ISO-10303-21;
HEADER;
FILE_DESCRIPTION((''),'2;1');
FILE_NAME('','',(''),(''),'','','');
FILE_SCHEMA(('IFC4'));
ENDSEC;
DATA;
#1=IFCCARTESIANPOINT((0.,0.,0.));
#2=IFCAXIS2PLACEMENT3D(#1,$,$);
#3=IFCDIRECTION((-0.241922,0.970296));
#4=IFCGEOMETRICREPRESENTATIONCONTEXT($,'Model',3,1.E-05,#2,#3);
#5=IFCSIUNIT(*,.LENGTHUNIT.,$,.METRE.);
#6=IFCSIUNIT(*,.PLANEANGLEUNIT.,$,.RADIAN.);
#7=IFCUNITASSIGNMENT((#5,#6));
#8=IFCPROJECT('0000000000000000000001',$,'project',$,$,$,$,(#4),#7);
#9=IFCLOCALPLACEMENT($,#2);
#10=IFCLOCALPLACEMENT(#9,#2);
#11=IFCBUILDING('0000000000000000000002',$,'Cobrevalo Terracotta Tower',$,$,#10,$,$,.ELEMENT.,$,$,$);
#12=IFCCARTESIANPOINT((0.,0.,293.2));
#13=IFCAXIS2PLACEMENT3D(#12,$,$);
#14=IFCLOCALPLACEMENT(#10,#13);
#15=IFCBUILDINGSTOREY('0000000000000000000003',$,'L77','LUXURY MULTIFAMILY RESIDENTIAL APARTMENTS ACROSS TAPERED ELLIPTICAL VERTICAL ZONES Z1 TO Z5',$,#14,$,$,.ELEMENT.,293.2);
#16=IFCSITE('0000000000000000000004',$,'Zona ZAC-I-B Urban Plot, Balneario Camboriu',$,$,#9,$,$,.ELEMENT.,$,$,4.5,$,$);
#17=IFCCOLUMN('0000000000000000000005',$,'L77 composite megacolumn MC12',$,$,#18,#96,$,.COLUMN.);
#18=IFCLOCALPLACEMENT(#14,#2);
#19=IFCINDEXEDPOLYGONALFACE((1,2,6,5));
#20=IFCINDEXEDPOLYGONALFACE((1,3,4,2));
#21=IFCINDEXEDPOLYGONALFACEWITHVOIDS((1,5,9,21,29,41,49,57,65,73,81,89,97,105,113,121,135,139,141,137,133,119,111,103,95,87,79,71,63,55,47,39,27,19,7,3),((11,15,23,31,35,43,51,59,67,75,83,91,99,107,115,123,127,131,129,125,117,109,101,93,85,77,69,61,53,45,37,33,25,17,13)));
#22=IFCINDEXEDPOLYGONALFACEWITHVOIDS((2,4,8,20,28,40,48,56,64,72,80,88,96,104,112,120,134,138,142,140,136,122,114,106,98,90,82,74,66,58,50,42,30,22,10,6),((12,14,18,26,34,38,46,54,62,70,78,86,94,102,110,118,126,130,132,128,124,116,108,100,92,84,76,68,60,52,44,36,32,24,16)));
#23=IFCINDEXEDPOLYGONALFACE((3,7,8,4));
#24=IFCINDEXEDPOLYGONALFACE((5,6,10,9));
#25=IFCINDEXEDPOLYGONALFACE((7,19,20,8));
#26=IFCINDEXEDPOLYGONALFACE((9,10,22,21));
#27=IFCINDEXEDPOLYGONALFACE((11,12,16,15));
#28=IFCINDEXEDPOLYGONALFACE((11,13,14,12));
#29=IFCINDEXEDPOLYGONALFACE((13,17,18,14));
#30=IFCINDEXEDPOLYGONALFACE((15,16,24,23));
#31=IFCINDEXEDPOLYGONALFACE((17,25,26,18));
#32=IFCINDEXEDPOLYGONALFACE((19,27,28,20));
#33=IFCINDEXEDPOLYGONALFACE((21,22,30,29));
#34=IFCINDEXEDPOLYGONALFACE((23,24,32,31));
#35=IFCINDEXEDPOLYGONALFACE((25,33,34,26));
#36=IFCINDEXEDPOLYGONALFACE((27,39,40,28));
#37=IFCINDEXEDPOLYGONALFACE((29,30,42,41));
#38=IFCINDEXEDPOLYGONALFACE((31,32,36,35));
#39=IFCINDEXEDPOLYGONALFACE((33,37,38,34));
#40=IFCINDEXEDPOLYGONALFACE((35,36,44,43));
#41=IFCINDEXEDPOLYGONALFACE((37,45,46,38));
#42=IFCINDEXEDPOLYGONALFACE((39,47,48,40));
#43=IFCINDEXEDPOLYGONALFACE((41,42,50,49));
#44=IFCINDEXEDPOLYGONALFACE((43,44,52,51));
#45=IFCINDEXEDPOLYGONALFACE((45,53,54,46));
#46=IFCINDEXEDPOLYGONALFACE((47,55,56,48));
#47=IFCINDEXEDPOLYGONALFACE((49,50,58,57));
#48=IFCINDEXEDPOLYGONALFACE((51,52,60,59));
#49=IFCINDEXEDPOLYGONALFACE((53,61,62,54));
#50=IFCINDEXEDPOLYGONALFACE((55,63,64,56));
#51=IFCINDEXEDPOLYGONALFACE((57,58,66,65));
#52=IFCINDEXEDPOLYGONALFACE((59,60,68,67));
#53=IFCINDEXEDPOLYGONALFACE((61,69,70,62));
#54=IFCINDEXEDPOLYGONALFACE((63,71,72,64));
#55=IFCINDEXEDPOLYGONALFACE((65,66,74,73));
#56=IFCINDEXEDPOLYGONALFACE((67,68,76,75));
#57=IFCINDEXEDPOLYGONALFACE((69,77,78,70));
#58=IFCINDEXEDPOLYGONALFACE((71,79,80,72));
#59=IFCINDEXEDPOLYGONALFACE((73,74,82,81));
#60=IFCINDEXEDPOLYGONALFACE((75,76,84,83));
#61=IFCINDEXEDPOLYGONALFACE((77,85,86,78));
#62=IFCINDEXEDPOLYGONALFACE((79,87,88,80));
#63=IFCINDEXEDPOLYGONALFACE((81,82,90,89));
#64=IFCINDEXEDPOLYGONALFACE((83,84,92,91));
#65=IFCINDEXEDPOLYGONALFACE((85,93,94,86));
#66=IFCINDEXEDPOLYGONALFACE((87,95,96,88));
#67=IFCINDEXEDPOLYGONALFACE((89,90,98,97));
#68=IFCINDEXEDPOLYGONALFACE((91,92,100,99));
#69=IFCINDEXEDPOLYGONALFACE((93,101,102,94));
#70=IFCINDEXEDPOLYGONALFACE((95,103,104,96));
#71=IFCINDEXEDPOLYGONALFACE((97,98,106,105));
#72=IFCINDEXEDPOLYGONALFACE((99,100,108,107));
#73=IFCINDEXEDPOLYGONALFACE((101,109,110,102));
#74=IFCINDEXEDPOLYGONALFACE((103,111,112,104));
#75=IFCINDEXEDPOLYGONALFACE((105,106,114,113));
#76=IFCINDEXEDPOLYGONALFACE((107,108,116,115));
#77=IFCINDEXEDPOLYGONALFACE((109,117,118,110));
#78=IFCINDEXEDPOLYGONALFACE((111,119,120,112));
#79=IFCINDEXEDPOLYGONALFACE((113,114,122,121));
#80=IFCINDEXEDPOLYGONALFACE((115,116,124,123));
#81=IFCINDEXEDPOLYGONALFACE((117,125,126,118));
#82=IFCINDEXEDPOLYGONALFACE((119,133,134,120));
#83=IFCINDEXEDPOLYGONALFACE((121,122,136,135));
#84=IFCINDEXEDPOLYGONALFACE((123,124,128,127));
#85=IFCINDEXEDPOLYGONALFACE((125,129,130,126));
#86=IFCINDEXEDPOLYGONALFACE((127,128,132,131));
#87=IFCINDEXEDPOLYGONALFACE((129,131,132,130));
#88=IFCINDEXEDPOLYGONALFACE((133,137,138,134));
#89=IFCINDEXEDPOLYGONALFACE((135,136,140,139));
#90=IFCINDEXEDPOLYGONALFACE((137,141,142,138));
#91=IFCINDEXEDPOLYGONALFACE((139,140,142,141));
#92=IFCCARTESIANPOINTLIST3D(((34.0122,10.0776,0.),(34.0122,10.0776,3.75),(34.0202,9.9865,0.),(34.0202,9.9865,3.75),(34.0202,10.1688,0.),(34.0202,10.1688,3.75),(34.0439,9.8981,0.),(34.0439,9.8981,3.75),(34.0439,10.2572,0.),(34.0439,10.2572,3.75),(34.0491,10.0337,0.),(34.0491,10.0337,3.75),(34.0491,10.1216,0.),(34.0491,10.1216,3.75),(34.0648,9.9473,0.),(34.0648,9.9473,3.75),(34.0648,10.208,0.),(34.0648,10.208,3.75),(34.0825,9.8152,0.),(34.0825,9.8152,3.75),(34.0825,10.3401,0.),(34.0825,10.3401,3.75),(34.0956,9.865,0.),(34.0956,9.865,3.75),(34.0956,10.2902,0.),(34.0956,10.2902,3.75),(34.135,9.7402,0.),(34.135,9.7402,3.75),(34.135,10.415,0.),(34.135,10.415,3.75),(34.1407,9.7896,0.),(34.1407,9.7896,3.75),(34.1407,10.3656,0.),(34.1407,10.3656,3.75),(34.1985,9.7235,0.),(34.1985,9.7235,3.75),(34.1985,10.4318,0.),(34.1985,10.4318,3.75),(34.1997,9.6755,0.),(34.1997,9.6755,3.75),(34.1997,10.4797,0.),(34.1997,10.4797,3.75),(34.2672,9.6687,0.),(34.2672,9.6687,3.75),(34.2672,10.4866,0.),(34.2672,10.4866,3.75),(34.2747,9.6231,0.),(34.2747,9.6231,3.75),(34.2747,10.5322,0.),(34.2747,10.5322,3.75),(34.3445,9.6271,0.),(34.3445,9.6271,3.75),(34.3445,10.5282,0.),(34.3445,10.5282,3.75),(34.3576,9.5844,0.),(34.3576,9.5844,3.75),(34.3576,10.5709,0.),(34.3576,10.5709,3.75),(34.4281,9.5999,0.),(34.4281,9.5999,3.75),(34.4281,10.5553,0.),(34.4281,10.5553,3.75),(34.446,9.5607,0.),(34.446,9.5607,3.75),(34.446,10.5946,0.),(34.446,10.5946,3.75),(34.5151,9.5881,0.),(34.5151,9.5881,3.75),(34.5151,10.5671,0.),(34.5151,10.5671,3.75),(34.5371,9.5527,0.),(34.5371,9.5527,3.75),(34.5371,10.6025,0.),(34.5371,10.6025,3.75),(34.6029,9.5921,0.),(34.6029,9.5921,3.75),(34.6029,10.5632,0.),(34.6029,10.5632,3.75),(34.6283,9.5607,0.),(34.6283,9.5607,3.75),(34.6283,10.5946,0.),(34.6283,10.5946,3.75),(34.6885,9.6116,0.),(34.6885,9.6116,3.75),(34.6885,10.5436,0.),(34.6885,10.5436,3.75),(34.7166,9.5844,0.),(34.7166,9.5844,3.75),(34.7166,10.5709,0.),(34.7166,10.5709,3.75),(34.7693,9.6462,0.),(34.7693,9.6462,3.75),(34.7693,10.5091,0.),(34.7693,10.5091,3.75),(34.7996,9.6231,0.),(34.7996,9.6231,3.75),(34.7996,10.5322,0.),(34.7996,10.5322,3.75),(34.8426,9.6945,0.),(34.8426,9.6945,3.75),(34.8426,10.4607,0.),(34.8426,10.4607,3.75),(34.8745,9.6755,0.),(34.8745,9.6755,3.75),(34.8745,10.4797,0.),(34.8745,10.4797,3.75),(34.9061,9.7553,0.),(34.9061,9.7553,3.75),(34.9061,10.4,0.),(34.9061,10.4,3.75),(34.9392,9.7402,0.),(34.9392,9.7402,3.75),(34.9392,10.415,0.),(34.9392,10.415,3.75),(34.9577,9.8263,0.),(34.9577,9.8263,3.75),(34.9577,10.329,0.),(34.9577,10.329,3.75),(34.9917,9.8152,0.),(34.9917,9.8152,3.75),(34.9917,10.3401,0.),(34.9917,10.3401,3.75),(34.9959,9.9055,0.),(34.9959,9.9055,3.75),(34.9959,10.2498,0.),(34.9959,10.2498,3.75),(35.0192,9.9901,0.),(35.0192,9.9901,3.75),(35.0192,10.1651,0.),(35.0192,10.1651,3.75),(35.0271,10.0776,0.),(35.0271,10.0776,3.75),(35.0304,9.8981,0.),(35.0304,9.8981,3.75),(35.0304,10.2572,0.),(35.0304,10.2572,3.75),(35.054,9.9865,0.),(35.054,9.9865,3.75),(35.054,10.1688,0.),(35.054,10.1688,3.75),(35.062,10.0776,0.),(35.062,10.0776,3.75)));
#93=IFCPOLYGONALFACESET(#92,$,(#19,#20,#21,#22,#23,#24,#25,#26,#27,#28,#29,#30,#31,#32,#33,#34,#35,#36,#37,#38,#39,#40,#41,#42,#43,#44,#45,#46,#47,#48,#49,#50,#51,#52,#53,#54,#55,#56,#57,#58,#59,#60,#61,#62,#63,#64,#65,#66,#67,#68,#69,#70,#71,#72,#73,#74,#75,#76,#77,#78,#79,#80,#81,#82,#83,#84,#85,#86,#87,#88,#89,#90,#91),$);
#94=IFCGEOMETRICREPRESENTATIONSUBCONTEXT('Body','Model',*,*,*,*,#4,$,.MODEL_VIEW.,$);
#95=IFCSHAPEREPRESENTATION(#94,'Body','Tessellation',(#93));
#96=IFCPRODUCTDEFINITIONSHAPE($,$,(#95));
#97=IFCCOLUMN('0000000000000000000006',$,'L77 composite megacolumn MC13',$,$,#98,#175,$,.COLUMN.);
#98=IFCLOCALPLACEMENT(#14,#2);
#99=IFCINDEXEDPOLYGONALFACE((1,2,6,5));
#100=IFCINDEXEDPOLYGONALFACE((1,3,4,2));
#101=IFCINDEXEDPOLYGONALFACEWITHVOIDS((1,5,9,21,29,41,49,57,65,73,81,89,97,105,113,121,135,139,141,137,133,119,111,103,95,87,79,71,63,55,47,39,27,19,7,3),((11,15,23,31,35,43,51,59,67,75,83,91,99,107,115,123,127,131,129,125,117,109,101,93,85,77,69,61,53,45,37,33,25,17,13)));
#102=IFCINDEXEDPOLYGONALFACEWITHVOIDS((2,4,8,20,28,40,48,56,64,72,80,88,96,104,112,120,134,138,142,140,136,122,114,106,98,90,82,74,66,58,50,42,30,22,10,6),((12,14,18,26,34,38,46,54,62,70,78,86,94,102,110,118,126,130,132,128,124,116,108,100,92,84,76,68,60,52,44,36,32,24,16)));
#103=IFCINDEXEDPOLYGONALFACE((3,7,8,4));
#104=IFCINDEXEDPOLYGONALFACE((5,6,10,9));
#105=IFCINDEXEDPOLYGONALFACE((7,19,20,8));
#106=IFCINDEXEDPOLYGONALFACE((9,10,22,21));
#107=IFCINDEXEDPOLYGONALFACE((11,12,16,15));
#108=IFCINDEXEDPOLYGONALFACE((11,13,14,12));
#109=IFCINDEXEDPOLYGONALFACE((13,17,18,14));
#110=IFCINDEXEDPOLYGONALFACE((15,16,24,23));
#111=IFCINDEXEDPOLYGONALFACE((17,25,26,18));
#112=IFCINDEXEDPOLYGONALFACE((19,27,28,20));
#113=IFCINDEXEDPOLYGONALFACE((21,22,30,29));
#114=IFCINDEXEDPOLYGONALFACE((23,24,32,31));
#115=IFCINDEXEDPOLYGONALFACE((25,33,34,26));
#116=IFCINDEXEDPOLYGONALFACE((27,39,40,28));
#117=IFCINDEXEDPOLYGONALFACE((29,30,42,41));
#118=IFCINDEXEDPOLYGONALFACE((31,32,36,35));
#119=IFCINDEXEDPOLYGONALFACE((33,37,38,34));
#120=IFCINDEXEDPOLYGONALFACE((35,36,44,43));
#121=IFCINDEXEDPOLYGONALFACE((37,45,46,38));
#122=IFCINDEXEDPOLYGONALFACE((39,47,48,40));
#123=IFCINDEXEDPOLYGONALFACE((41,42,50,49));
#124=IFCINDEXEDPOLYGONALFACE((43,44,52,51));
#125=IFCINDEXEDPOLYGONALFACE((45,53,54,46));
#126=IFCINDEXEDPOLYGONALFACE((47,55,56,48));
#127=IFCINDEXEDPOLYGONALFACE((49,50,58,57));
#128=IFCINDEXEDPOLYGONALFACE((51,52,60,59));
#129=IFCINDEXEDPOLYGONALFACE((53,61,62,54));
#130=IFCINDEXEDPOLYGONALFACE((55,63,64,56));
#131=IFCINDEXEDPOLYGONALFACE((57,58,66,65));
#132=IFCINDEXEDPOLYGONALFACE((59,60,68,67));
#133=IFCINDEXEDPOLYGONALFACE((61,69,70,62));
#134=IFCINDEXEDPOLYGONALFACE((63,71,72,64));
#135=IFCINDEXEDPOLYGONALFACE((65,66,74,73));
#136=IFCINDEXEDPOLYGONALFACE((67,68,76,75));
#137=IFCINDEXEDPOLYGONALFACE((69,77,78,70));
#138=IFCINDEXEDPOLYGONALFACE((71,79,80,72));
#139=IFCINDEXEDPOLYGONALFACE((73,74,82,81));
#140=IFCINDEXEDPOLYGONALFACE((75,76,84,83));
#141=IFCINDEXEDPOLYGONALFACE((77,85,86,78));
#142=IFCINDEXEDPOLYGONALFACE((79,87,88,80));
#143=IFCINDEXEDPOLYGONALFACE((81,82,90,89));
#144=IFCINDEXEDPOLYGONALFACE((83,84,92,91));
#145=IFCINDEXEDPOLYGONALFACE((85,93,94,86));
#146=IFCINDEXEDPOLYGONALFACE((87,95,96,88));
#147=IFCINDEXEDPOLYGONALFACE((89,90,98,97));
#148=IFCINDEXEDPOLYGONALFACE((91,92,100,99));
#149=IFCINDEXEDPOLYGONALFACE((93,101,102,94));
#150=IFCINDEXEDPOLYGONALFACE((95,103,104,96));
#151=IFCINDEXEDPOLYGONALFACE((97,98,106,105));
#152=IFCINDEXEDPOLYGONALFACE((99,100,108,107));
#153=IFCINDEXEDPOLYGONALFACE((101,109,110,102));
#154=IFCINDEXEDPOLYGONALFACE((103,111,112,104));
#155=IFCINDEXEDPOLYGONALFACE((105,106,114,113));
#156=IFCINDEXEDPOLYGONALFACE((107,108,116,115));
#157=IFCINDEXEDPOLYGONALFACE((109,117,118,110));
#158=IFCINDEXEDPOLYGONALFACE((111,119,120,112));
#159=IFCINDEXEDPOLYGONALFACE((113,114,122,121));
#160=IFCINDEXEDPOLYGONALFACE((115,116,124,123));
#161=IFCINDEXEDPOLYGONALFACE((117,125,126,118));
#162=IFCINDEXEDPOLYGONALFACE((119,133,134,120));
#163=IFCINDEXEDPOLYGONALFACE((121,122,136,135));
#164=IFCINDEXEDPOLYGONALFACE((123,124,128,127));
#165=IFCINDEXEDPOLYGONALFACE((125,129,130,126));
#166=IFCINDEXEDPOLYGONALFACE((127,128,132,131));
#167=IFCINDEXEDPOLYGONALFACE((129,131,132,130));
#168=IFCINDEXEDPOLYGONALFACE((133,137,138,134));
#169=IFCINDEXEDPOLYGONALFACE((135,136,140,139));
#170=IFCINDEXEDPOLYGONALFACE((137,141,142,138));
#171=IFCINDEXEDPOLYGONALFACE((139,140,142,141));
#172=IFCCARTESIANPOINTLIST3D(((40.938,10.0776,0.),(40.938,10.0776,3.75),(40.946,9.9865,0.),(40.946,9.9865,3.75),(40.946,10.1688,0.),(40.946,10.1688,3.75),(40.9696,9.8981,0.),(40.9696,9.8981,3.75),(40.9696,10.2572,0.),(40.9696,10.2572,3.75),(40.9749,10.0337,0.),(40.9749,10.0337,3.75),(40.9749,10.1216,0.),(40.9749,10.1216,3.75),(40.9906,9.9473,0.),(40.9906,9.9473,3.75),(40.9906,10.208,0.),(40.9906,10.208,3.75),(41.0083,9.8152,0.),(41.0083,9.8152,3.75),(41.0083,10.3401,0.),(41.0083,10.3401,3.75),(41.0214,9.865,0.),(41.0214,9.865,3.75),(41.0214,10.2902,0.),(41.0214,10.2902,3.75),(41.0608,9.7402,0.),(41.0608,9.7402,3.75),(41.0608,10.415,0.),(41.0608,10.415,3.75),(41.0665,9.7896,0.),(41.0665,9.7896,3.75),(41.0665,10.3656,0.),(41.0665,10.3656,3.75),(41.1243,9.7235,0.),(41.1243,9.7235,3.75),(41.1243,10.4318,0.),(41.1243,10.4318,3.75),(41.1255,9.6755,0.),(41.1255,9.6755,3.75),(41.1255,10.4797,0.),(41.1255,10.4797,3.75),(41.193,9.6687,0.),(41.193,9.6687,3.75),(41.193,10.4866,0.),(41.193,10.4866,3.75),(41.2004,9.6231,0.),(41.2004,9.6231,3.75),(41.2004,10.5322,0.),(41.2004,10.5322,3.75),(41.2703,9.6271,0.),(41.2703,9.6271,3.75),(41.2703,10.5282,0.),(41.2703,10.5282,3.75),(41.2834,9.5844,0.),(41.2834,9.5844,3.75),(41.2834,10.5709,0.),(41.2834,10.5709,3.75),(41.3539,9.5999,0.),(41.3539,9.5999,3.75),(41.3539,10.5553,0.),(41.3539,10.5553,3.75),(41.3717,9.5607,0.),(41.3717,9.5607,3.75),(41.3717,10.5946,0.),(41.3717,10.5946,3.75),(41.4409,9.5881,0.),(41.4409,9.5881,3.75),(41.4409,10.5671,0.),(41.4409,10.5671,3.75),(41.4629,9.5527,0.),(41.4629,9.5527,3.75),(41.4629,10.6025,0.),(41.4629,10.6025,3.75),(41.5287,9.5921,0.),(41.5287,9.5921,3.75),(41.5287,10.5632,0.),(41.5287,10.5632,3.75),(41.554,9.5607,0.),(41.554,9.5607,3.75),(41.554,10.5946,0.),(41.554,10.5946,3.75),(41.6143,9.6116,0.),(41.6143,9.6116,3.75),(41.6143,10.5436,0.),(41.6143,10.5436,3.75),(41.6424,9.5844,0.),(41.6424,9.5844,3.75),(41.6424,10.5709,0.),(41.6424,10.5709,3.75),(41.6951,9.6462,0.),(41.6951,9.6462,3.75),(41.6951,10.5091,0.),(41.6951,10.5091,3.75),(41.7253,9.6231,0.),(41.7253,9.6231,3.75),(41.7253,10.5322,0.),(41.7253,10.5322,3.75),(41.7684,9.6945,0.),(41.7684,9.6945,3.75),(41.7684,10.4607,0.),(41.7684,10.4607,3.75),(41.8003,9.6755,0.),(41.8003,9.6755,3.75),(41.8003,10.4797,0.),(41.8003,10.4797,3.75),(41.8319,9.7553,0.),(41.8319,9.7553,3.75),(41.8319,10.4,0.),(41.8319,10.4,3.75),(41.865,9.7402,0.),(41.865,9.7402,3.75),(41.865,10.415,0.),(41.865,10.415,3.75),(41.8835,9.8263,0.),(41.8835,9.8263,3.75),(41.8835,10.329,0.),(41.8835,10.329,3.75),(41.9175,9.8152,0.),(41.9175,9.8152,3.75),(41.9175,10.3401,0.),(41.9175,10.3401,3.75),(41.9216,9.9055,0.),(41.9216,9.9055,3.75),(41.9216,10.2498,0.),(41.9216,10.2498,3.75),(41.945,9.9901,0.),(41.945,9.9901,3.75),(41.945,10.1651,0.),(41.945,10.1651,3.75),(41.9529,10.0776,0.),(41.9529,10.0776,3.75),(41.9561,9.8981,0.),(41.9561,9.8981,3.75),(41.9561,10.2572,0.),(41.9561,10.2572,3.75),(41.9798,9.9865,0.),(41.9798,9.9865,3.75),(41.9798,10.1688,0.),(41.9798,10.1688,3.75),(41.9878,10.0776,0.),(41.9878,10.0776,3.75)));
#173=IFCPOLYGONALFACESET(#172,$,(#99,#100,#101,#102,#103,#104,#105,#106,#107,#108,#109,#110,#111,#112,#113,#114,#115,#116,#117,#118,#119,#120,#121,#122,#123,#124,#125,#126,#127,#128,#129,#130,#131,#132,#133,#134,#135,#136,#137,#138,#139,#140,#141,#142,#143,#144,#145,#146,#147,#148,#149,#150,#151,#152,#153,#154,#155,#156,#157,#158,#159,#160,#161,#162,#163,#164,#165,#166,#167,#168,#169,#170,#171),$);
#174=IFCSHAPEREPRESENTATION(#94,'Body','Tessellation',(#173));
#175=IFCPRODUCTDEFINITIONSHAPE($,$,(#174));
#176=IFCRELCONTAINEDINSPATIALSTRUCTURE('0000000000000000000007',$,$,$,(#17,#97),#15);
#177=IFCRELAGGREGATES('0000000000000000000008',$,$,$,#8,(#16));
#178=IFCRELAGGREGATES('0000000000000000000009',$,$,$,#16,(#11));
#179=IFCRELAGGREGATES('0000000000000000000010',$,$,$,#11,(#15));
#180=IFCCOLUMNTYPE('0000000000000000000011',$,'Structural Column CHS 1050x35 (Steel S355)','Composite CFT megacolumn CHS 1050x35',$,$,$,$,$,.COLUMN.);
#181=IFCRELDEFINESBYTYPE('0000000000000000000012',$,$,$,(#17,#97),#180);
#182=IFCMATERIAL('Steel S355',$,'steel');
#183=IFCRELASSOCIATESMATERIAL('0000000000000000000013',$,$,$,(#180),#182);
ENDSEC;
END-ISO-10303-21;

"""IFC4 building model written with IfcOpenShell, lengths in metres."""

from ifc_helpers import new_model, si_unit, direction, frame, origin, origin_2d, place, context, subcontext, project, spatial, hollow_circle, extrude, material, material_profile, profile_set, type_object, element, save


model = new_model("IFC4")

# Units and contexts
model_context = context("Model", 3, precision=1e-05, world=origin(), true_north=direction((-0.241922, 0.970296)))
body_context = subcontext(model_context, "Body", "Model", "MODEL_VIEW")
ifc_project = project(units=[si_unit("LENGTHUNIT", "METRE"), si_unit("PLANEANGLEUNIT", "RADIAN")], contexts=[model_context])

# Site, building, storey
site_placement = place(None, origin())
site = spatial("IfcSite", under=ifc_project, at=site_placement, Name="Zona ZAC-I-B Urban Plot, Balneario Camboriu", CompositionType="ELEMENT", RefElevation=4.5)
building_placement = place(site_placement, origin())
building = spatial("IfcBuilding", under=site, at=building_placement, Name="Cobrevalo Terracotta Tower", CompositionType="ELEMENT")
storey_placement = place(building_placement, frame((0.0, 0.0, 293.2)))
storey = spatial("IfcBuildingStorey", under=building, at=storey_placement, Name="L77", Description="LUXURY MULTIFAMILY RESIDENTIAL APARTMENTS ACROSS TAPERED ELLIPTICAL VERTICAL ZONES Z1 TO Z5", CompositionType="ELEMENT", Elevation=293.2)

# Columns
ifc_material_1 = material(Name="Steel S355", Category="steel")
ifc_material_profile_1 = material_profile(ifc_material_1, hollow_circle(Radius=0.5249, WallThickness=0.0349, at=origin_2d()), Name="CHS 1050x35")
ifc_profile_set_1 = profile_set([ifc_material_profile_1], Name="Steel S355")
column_type_1 = type_object("IfcColumnType", Name="Structural Column CHS 1050x35 (Steel S355)", Description="Composite CFT megacolumn CHS 1050x35", PredefinedType="COLUMN", material=ifc_profile_set_1)
for number, where, z_axis, x_axis, name in (
    (1, (34.5371, 10.0776, 0.0), (0.0, 0.0, 1.0), (1.0, 0.0, 0.0), "L77 composite megacolumn MC12"),
    (2, (41.4629, 10.0776, 0.0), (0.0, 0.0, 1.0), (1.0, 0.0, 0.0), "L77 composite megacolumn MC13"),
):
    element("IfcColumn", number, at=place(storey_placement, frame(where, z_axis=z_axis, x_axis=x_axis)), inside=storey, type_object=column_type_1, Name=name, PredefinedType="COLUMN", context=body_context, shape_type="SweptSolid", body=[
        extrude(hollow_circle(Radius=0.5249, WallThickness=0.0349, at=origin_2d()), origin(), (0.0, 0.0, 1.0), 3.75),
    ])

save(model, "model.ifc")
